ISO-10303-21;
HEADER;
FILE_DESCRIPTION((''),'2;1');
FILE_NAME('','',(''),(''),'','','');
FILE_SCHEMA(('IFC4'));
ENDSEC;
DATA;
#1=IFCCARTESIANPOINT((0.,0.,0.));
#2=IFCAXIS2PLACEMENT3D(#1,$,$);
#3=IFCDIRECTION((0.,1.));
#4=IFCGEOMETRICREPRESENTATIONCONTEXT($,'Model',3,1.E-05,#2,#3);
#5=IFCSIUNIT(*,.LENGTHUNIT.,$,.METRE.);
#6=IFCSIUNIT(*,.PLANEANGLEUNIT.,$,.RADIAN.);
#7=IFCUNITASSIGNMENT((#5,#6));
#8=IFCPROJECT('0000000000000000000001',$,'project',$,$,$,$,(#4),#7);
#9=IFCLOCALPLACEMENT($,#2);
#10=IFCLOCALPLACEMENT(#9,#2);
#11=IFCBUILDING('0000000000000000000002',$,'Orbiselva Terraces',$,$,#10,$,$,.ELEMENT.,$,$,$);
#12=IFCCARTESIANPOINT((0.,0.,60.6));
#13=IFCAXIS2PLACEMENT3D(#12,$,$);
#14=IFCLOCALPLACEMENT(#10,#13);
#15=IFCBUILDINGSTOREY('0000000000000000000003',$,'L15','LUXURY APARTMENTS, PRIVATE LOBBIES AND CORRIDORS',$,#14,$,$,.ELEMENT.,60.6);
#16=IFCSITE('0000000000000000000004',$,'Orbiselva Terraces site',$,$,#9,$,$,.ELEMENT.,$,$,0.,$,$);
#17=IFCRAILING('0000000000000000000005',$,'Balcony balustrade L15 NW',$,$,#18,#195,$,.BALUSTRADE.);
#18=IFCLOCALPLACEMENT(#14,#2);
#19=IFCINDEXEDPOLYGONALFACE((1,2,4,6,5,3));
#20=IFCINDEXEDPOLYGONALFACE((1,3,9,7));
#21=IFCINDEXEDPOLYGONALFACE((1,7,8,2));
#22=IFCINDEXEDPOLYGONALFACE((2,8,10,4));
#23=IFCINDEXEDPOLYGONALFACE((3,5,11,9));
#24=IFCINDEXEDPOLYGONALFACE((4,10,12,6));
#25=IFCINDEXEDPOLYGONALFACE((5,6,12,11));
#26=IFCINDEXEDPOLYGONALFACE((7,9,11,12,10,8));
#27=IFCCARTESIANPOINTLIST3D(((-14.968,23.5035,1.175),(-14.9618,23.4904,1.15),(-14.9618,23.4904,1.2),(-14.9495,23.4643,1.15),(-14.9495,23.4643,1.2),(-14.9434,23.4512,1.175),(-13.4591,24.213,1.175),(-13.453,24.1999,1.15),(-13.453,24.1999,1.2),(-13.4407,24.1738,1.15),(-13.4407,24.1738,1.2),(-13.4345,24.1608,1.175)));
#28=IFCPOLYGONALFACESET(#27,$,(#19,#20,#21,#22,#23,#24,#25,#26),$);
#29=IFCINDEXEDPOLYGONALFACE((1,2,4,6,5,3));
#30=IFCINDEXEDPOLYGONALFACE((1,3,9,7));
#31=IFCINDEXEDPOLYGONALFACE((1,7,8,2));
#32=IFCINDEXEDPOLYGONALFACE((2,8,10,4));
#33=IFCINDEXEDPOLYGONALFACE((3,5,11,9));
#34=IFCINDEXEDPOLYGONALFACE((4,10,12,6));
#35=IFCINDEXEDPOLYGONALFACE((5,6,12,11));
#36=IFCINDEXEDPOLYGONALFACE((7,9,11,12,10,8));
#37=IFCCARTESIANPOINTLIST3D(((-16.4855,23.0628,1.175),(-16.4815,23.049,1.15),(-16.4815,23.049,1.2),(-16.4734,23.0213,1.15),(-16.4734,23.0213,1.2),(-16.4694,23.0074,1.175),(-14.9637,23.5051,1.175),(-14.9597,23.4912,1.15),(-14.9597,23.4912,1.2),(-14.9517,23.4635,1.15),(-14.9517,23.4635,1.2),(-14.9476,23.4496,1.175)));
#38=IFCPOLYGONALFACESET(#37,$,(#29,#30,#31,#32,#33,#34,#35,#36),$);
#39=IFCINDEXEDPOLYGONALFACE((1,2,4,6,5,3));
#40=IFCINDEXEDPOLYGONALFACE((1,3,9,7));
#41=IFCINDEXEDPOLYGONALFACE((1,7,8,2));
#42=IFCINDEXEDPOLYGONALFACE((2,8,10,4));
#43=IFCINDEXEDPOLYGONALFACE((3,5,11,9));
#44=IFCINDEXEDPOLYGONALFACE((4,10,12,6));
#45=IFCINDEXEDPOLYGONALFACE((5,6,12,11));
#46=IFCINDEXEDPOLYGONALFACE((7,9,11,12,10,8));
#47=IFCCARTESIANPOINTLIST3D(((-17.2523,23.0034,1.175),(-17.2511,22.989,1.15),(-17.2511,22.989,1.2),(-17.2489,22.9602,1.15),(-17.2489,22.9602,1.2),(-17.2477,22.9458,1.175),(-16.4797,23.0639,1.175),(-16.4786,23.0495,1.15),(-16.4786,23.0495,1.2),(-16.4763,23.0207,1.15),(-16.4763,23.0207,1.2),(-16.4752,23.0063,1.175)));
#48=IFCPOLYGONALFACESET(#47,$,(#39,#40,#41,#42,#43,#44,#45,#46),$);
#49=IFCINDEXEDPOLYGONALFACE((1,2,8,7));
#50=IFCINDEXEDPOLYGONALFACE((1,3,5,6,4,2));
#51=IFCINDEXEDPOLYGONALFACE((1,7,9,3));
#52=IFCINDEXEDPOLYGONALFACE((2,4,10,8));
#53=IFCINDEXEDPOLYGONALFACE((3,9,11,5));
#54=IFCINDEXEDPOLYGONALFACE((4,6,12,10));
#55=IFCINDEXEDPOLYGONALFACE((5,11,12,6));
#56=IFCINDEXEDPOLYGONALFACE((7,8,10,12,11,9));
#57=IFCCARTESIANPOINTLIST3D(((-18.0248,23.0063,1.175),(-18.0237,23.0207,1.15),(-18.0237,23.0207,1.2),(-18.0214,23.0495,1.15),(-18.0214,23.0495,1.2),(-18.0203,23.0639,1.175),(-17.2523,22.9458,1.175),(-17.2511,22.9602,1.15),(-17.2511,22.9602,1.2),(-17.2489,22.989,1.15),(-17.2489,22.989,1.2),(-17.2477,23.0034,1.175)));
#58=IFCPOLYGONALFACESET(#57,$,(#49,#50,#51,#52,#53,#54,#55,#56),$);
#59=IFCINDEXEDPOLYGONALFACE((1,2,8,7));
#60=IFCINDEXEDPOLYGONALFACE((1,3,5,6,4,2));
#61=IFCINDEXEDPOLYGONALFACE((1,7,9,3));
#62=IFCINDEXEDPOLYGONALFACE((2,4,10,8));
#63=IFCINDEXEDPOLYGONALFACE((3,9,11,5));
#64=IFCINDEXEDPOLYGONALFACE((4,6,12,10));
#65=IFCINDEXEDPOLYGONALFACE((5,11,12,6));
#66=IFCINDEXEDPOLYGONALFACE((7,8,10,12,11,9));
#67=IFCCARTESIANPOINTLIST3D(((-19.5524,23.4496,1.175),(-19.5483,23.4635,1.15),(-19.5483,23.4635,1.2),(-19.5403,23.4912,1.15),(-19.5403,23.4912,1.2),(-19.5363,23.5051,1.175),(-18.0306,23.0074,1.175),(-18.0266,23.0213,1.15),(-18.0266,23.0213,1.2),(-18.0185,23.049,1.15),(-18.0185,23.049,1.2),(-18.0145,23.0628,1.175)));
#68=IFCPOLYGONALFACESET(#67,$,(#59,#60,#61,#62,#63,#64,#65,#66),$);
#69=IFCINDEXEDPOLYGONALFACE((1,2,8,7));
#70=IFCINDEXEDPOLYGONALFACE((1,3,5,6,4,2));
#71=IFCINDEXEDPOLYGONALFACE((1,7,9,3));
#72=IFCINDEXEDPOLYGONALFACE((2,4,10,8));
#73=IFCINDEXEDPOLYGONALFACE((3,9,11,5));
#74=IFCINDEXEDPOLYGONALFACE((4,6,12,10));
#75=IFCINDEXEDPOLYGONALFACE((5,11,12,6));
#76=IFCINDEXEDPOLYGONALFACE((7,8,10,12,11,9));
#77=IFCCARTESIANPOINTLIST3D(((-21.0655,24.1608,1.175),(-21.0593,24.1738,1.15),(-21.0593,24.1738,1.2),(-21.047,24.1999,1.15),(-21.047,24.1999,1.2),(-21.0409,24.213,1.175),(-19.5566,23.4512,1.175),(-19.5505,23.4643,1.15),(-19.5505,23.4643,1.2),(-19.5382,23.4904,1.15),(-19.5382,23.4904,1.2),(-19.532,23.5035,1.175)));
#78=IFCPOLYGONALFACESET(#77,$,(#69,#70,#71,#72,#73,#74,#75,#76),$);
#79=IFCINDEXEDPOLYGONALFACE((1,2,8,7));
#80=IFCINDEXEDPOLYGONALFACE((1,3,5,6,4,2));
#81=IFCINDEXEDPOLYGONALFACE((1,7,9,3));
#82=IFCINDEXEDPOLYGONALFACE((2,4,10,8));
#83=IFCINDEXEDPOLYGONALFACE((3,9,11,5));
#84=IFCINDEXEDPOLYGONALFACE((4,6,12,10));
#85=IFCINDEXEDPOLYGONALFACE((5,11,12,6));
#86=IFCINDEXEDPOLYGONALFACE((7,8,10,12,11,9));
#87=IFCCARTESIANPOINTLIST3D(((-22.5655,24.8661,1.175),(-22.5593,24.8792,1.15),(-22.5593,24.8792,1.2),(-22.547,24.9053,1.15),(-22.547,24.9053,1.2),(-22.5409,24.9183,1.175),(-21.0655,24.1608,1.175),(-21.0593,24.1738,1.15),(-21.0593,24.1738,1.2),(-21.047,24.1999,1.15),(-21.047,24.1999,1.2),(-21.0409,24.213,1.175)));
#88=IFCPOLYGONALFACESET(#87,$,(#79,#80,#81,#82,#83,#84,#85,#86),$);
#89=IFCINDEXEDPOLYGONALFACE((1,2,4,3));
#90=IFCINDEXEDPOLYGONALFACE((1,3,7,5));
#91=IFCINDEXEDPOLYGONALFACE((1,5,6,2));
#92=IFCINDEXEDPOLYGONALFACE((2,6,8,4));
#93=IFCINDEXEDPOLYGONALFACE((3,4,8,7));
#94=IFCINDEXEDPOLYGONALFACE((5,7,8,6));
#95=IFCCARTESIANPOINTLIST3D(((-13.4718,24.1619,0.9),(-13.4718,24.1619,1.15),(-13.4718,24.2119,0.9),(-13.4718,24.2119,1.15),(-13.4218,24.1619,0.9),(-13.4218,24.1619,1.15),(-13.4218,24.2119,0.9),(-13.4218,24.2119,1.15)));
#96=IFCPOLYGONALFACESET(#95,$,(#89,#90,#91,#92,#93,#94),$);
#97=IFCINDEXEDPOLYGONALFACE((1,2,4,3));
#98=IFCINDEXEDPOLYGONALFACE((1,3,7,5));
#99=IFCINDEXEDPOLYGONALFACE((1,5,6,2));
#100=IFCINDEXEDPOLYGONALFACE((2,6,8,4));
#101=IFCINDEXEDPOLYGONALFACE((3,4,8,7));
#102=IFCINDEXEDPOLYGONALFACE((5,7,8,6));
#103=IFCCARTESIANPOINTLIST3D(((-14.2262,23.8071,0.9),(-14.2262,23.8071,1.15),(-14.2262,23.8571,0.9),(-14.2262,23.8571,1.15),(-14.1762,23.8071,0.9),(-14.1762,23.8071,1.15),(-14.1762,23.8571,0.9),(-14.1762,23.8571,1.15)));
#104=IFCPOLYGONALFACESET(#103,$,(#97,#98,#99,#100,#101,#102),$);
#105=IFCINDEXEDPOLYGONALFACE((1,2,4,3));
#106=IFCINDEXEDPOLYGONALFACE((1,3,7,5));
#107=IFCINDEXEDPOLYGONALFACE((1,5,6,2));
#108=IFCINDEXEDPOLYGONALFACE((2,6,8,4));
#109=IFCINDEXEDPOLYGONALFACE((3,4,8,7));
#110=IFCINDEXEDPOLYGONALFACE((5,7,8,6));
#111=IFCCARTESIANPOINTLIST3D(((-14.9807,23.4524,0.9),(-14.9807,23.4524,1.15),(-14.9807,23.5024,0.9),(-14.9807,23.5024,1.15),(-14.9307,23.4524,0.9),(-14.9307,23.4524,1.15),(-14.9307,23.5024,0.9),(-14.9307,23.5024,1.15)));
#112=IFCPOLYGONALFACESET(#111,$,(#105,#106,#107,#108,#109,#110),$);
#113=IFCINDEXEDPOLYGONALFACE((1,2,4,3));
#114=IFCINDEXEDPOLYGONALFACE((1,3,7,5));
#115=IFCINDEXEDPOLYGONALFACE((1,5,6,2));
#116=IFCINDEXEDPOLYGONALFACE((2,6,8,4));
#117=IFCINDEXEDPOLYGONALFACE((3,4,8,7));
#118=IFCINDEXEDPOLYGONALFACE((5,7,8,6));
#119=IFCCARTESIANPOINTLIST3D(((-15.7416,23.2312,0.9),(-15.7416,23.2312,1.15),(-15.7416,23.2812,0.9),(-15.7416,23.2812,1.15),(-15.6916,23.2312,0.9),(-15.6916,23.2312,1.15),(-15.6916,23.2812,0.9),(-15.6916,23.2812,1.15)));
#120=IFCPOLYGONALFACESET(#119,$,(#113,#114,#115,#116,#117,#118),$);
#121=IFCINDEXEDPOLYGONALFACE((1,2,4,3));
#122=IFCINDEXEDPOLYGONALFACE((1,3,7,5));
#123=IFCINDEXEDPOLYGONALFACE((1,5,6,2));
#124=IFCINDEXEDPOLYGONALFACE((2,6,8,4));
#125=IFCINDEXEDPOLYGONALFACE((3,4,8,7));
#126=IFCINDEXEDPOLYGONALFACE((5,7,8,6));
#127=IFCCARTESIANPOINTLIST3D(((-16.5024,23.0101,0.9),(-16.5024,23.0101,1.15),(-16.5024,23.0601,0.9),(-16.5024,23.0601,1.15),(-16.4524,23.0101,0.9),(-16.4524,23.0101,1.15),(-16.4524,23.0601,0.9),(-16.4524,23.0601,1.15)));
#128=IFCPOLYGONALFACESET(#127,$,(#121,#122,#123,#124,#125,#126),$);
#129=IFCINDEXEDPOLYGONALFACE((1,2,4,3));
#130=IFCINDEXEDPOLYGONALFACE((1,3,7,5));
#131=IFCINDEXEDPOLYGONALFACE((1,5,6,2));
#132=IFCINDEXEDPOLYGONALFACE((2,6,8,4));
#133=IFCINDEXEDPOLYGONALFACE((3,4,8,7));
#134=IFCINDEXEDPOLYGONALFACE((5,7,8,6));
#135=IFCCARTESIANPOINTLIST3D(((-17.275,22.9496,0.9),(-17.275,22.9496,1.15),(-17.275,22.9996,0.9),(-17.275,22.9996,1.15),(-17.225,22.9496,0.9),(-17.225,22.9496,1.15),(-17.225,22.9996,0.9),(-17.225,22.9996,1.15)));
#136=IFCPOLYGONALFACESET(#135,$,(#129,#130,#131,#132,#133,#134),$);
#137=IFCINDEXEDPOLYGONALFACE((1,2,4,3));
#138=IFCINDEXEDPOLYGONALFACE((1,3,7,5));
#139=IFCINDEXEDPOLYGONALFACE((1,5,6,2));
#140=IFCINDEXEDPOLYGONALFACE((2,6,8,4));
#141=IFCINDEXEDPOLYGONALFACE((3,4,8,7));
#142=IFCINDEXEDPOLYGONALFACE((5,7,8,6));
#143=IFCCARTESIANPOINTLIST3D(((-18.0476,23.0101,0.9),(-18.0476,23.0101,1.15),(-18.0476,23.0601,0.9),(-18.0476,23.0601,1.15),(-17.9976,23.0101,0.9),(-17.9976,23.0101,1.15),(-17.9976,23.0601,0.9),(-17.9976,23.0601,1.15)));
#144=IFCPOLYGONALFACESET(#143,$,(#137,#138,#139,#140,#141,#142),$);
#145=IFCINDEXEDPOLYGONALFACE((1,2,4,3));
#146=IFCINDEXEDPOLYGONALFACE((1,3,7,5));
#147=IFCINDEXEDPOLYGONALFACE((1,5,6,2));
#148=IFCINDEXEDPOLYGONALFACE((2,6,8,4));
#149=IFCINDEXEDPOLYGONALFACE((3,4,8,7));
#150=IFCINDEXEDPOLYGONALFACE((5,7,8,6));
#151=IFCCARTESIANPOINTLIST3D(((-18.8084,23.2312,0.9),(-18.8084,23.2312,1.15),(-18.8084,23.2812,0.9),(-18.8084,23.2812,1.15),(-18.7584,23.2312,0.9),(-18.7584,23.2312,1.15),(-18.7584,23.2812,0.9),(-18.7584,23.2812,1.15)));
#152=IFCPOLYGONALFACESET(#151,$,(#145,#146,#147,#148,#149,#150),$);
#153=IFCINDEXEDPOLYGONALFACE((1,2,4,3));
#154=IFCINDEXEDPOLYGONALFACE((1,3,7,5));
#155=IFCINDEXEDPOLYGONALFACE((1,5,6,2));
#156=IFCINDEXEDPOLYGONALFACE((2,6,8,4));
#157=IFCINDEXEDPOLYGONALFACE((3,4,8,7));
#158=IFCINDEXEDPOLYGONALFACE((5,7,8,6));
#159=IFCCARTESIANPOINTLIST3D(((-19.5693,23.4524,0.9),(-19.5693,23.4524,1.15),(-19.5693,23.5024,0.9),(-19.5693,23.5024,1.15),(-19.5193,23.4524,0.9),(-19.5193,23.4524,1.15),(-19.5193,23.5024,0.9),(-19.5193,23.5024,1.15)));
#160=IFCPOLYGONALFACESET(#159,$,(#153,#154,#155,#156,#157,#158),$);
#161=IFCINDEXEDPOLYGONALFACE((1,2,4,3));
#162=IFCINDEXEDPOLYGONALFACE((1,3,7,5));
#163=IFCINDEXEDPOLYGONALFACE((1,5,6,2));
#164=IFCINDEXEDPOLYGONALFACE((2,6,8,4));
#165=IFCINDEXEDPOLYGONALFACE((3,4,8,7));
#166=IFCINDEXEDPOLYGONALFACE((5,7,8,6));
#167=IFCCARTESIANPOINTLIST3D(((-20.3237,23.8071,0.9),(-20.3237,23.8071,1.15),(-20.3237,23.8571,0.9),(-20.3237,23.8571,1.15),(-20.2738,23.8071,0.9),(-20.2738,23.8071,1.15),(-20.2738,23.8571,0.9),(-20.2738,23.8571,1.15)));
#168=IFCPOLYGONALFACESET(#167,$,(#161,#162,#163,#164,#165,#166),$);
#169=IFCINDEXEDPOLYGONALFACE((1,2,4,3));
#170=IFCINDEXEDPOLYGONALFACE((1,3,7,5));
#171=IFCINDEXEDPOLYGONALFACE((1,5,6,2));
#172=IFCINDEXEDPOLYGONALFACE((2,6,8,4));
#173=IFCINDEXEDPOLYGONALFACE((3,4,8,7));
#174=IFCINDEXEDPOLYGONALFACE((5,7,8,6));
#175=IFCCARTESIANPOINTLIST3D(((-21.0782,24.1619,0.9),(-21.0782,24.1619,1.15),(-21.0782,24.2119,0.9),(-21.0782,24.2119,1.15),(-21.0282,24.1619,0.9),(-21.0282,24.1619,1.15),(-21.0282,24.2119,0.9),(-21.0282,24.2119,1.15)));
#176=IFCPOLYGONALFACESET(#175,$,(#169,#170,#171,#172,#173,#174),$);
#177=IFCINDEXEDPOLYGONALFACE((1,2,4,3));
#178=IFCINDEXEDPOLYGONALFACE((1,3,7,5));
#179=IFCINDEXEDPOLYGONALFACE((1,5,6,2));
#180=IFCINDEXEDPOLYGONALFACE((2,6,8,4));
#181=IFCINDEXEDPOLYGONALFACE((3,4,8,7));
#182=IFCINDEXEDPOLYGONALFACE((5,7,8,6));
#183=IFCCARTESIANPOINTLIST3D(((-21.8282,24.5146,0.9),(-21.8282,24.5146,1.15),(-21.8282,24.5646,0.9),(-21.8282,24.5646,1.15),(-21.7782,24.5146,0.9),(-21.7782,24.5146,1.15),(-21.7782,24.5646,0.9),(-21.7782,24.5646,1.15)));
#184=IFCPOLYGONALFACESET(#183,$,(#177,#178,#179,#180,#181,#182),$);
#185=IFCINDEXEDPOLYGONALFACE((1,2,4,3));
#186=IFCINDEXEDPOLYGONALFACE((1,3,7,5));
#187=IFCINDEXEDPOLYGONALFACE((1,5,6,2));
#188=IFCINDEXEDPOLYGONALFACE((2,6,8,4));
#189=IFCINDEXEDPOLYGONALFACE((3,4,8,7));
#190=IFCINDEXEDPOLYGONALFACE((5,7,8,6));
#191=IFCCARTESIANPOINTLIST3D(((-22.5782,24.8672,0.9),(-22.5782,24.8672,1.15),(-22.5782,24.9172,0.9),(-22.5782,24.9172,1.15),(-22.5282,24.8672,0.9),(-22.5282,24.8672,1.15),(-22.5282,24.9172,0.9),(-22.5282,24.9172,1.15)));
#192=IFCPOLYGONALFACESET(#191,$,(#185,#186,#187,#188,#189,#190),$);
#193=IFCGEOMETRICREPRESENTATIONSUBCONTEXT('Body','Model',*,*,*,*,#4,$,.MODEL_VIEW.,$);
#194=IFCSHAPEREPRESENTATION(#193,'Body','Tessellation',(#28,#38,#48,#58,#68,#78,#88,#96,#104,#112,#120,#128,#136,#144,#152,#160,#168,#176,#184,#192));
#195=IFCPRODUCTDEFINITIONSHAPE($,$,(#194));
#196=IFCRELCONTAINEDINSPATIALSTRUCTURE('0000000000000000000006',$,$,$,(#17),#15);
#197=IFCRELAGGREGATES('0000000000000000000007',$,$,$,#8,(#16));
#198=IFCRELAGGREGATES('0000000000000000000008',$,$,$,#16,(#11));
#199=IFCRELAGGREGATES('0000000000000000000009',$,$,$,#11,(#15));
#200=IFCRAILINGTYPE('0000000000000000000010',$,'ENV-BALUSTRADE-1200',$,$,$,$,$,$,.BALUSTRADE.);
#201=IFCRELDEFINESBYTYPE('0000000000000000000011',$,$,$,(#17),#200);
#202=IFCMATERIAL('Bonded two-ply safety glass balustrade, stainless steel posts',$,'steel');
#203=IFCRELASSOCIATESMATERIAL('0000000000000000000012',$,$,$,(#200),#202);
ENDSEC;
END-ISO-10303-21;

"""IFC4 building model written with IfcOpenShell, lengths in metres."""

from ifc_helpers import new_model, si_unit, direction, frame, origin, origin_2d, place, context, subcontext, project, spatial, polyline, rectangle, outline, extrude, material, type_object, element, save


model = new_model("IFC4")

# Units and contexts
model_context = context("Model", 3, precision=1e-05, world=origin(), true_north=direction((0.0, 1.0)))
body_context = subcontext(model_context, "Body", "Model", "MODEL_VIEW")
ifc_project = project(units=[si_unit("LENGTHUNIT", "METRE"), si_unit("PLANEANGLEUNIT", "RADIAN")], contexts=[model_context])

# Site, building, storey
site_placement = place(None, origin())
site = spatial("IfcSite", under=ifc_project, at=site_placement, Name="Orbiselva Terraces site", CompositionType="ELEMENT", RefElevation=0.0)
building_placement = place(site_placement, origin())
building = spatial("IfcBuilding", under=site, at=building_placement, Name="Orbiselva Terraces", CompositionType="ELEMENT")
storey_placement = place(building_placement, frame((0.0, 0.0, 60.6)))
storey = spatial("IfcBuildingStorey", under=building, at=storey_placement, Name="L15", Description="LUXURY APARTMENTS, PRIVATE LOBBIES AND CORRIDORS", CompositionType="ELEMENT", Elevation=60.6)

# Railing
ifc_material_1 = material(Name="Bonded two-ply safety glass balustrade, stainless steel posts", Category="steel")
railing_type_1 = type_object("IfcRailingType", Name="ENV-BALUSTRADE-1200", PredefinedType="BALUSTRADE", material=ifc_material_1)
railing_1_placement = place(storey_placement, frame((-13.4468, 24.1869, 0.9)))
element("IfcRailing", 1, at=railing_1_placement, inside=storey, type_object=railing_type_1, Name="Balcony balustrade L15 NW", PredefinedType="BALUSTRADE", context=body_context, shape_type="SweptSolid", body=[
    extrude(outline(polyline([(0.0289, 0.0), (0.0144, 0.025), (-0.0144, 0.025), (-0.0289, 0.0), (-0.0144, -0.025), (0.0144, -0.025), (0.0289, 0.0)])), frame((0.0, 0.0, 0.275), z_axis=(-0.904944, -0.42553, 0.0), x_axis=(0.42553, -0.904944, 0.0)), (0.0, 0.0, 1.0), 1.6674),
    extrude(outline(polyline([(0.0289, 0.0), (0.0144, 0.025), (-0.0144, 0.025), (-0.0289, 0.0), (-0.0144, -0.025), (0.0144, -0.025), (0.0289, 0.0)])), frame((-1.5089, -0.7095, 0.275), z_axis=(-0.96027, -0.279071, 0.0), x_axis=(0.279071, -0.96027, 0.0)), (0.0, 0.0, 1.0), 1.5847),
    extrude(outline(polyline([(0.0289, 0.0), (0.0144, 0.025), (-0.0144, 0.025), (-0.0289, 0.0), (-0.0144, -0.025), (0.0144, -0.025), (0.0289, 0.0)])), frame((-3.0306, -1.1518, 0.275), z_axis=(-0.996948, -0.078071, 0.0), x_axis=(0.078071, -0.996948, 0.0)), (0.0, 0.0, 1.0), 0.7749),
    extrude(outline(polyline([(0.0289, 0.0), (0.0144, 0.025), (-0.0144, 0.025), (-0.0289, 0.0), (-0.0144, -0.025), (0.0144, -0.025), (0.0289, 0.0)])), frame((-3.8032, -1.2123, 0.275), z_axis=(-0.996948, 0.078071, 0.0), x_axis=(-0.078071, -0.996948, 0.0)), (0.0, 0.0, 1.0), 0.7749),
    extrude(outline(polyline([(0.0289, 0.0), (0.0144, 0.025), (-0.0144, 0.025), (-0.0289, 0.0), (-0.0144, -0.025), (0.0144, -0.025), (0.0289, 0.0)])), frame((-4.5757, -1.1518, 0.275), z_axis=(-0.96027, 0.279071, 0.0), x_axis=(-0.279071, -0.96027, 0.0)), (0.0, 0.0, 1.0), 1.5847),
    extrude(outline(polyline([(0.0289, 0.0), (0.0144, 0.025), (-0.0144, 0.025), (-0.0289, 0.0), (-0.0144, -0.025), (0.0144, -0.025), (0.0289, 0.0)])), frame((-6.0975, -0.7095, 0.275), z_axis=(-0.904944, 0.42553, 0.0), x_axis=(-0.42553, -0.904944, 0.0)), (0.0, 0.0, 1.0), 1.6674),
    extrude(outline(polyline([(0.0289, 0.0), (0.0144, 0.025), (-0.0144, 0.025), (-0.0289, 0.0), (-0.0144, -0.025), (0.0144, -0.025), (0.0289, 0.0)])), frame((-7.6064, 0.0, 0.275), z_axis=(-0.904944, 0.42553, 0.0), x_axis=(-0.42553, -0.904944, 0.0)), (0.0, 0.0, 1.0), 1.6576),
    extrude(rectangle(XDim=0.05, YDim=0.05, at=origin_2d()), origin(), (0.0, 0.0, 1.0), 0.25),
    extrude(rectangle(XDim=0.05, YDim=0.05, at=origin_2d()), frame((-0.7544, -0.3548, 0.0)), (0.0, 0.0, 1.0), 0.25),
    extrude(rectangle(XDim=0.05, YDim=0.05, at=origin_2d()), frame((-1.5089, -0.7095, 0.0)), (0.0, 0.0, 1.0), 0.25),
    extrude(rectangle(XDim=0.05, YDim=0.05, at=origin_2d()), frame((-2.2698, -0.9306, 0.0)), (0.0, 0.0, 1.0), 0.25),
    extrude(rectangle(XDim=0.05, YDim=0.05, at=origin_2d()), frame((-3.0306, -1.1518, 0.0)), (0.0, 0.0, 1.0), 0.25),
    extrude(rectangle(XDim=0.05, YDim=0.05, at=origin_2d()), frame((-3.8032, -1.2123, 0.0)), (0.0, 0.0, 1.0), 0.25),
    extrude(rectangle(XDim=0.05, YDim=0.05, at=origin_2d()), frame((-4.5757, -1.1518, 0.0)), (0.0, 0.0, 1.0), 0.25),
    extrude(rectangle(XDim=0.05, YDim=0.05, at=origin_2d()), frame((-5.3366, -0.9306, 0.0)), (0.0, 0.0, 1.0), 0.25),
    extrude(rectangle(XDim=0.05, YDim=0.05, at=origin_2d()), frame((-6.0975, -0.7095, 0.0)), (0.0, 0.0, 1.0), 0.25),
    extrude(rectangle(XDim=0.05, YDim=0.05, at=origin_2d()), frame((-6.8519, -0.3548, 0.0)), (0.0, 0.0, 1.0), 0.25),
    extrude(rectangle(XDim=0.05, YDim=0.05, at=origin_2d()), frame((-7.6064, 0.0, 0.0)), (0.0, 0.0, 1.0), 0.25),
    extrude(rectangle(XDim=0.05, YDim=0.05, at=origin_2d()), frame((-8.3564, 0.3527, 0.0)), (0.0, 0.0, 1.0), 0.25),
    extrude(rectangle(XDim=0.05, YDim=0.05, at=origin_2d()), frame((-9.1064, 0.7053, 0.0)), (0.0, 0.0, 1.0), 0.25),
])

save(model, "model.ifc")
